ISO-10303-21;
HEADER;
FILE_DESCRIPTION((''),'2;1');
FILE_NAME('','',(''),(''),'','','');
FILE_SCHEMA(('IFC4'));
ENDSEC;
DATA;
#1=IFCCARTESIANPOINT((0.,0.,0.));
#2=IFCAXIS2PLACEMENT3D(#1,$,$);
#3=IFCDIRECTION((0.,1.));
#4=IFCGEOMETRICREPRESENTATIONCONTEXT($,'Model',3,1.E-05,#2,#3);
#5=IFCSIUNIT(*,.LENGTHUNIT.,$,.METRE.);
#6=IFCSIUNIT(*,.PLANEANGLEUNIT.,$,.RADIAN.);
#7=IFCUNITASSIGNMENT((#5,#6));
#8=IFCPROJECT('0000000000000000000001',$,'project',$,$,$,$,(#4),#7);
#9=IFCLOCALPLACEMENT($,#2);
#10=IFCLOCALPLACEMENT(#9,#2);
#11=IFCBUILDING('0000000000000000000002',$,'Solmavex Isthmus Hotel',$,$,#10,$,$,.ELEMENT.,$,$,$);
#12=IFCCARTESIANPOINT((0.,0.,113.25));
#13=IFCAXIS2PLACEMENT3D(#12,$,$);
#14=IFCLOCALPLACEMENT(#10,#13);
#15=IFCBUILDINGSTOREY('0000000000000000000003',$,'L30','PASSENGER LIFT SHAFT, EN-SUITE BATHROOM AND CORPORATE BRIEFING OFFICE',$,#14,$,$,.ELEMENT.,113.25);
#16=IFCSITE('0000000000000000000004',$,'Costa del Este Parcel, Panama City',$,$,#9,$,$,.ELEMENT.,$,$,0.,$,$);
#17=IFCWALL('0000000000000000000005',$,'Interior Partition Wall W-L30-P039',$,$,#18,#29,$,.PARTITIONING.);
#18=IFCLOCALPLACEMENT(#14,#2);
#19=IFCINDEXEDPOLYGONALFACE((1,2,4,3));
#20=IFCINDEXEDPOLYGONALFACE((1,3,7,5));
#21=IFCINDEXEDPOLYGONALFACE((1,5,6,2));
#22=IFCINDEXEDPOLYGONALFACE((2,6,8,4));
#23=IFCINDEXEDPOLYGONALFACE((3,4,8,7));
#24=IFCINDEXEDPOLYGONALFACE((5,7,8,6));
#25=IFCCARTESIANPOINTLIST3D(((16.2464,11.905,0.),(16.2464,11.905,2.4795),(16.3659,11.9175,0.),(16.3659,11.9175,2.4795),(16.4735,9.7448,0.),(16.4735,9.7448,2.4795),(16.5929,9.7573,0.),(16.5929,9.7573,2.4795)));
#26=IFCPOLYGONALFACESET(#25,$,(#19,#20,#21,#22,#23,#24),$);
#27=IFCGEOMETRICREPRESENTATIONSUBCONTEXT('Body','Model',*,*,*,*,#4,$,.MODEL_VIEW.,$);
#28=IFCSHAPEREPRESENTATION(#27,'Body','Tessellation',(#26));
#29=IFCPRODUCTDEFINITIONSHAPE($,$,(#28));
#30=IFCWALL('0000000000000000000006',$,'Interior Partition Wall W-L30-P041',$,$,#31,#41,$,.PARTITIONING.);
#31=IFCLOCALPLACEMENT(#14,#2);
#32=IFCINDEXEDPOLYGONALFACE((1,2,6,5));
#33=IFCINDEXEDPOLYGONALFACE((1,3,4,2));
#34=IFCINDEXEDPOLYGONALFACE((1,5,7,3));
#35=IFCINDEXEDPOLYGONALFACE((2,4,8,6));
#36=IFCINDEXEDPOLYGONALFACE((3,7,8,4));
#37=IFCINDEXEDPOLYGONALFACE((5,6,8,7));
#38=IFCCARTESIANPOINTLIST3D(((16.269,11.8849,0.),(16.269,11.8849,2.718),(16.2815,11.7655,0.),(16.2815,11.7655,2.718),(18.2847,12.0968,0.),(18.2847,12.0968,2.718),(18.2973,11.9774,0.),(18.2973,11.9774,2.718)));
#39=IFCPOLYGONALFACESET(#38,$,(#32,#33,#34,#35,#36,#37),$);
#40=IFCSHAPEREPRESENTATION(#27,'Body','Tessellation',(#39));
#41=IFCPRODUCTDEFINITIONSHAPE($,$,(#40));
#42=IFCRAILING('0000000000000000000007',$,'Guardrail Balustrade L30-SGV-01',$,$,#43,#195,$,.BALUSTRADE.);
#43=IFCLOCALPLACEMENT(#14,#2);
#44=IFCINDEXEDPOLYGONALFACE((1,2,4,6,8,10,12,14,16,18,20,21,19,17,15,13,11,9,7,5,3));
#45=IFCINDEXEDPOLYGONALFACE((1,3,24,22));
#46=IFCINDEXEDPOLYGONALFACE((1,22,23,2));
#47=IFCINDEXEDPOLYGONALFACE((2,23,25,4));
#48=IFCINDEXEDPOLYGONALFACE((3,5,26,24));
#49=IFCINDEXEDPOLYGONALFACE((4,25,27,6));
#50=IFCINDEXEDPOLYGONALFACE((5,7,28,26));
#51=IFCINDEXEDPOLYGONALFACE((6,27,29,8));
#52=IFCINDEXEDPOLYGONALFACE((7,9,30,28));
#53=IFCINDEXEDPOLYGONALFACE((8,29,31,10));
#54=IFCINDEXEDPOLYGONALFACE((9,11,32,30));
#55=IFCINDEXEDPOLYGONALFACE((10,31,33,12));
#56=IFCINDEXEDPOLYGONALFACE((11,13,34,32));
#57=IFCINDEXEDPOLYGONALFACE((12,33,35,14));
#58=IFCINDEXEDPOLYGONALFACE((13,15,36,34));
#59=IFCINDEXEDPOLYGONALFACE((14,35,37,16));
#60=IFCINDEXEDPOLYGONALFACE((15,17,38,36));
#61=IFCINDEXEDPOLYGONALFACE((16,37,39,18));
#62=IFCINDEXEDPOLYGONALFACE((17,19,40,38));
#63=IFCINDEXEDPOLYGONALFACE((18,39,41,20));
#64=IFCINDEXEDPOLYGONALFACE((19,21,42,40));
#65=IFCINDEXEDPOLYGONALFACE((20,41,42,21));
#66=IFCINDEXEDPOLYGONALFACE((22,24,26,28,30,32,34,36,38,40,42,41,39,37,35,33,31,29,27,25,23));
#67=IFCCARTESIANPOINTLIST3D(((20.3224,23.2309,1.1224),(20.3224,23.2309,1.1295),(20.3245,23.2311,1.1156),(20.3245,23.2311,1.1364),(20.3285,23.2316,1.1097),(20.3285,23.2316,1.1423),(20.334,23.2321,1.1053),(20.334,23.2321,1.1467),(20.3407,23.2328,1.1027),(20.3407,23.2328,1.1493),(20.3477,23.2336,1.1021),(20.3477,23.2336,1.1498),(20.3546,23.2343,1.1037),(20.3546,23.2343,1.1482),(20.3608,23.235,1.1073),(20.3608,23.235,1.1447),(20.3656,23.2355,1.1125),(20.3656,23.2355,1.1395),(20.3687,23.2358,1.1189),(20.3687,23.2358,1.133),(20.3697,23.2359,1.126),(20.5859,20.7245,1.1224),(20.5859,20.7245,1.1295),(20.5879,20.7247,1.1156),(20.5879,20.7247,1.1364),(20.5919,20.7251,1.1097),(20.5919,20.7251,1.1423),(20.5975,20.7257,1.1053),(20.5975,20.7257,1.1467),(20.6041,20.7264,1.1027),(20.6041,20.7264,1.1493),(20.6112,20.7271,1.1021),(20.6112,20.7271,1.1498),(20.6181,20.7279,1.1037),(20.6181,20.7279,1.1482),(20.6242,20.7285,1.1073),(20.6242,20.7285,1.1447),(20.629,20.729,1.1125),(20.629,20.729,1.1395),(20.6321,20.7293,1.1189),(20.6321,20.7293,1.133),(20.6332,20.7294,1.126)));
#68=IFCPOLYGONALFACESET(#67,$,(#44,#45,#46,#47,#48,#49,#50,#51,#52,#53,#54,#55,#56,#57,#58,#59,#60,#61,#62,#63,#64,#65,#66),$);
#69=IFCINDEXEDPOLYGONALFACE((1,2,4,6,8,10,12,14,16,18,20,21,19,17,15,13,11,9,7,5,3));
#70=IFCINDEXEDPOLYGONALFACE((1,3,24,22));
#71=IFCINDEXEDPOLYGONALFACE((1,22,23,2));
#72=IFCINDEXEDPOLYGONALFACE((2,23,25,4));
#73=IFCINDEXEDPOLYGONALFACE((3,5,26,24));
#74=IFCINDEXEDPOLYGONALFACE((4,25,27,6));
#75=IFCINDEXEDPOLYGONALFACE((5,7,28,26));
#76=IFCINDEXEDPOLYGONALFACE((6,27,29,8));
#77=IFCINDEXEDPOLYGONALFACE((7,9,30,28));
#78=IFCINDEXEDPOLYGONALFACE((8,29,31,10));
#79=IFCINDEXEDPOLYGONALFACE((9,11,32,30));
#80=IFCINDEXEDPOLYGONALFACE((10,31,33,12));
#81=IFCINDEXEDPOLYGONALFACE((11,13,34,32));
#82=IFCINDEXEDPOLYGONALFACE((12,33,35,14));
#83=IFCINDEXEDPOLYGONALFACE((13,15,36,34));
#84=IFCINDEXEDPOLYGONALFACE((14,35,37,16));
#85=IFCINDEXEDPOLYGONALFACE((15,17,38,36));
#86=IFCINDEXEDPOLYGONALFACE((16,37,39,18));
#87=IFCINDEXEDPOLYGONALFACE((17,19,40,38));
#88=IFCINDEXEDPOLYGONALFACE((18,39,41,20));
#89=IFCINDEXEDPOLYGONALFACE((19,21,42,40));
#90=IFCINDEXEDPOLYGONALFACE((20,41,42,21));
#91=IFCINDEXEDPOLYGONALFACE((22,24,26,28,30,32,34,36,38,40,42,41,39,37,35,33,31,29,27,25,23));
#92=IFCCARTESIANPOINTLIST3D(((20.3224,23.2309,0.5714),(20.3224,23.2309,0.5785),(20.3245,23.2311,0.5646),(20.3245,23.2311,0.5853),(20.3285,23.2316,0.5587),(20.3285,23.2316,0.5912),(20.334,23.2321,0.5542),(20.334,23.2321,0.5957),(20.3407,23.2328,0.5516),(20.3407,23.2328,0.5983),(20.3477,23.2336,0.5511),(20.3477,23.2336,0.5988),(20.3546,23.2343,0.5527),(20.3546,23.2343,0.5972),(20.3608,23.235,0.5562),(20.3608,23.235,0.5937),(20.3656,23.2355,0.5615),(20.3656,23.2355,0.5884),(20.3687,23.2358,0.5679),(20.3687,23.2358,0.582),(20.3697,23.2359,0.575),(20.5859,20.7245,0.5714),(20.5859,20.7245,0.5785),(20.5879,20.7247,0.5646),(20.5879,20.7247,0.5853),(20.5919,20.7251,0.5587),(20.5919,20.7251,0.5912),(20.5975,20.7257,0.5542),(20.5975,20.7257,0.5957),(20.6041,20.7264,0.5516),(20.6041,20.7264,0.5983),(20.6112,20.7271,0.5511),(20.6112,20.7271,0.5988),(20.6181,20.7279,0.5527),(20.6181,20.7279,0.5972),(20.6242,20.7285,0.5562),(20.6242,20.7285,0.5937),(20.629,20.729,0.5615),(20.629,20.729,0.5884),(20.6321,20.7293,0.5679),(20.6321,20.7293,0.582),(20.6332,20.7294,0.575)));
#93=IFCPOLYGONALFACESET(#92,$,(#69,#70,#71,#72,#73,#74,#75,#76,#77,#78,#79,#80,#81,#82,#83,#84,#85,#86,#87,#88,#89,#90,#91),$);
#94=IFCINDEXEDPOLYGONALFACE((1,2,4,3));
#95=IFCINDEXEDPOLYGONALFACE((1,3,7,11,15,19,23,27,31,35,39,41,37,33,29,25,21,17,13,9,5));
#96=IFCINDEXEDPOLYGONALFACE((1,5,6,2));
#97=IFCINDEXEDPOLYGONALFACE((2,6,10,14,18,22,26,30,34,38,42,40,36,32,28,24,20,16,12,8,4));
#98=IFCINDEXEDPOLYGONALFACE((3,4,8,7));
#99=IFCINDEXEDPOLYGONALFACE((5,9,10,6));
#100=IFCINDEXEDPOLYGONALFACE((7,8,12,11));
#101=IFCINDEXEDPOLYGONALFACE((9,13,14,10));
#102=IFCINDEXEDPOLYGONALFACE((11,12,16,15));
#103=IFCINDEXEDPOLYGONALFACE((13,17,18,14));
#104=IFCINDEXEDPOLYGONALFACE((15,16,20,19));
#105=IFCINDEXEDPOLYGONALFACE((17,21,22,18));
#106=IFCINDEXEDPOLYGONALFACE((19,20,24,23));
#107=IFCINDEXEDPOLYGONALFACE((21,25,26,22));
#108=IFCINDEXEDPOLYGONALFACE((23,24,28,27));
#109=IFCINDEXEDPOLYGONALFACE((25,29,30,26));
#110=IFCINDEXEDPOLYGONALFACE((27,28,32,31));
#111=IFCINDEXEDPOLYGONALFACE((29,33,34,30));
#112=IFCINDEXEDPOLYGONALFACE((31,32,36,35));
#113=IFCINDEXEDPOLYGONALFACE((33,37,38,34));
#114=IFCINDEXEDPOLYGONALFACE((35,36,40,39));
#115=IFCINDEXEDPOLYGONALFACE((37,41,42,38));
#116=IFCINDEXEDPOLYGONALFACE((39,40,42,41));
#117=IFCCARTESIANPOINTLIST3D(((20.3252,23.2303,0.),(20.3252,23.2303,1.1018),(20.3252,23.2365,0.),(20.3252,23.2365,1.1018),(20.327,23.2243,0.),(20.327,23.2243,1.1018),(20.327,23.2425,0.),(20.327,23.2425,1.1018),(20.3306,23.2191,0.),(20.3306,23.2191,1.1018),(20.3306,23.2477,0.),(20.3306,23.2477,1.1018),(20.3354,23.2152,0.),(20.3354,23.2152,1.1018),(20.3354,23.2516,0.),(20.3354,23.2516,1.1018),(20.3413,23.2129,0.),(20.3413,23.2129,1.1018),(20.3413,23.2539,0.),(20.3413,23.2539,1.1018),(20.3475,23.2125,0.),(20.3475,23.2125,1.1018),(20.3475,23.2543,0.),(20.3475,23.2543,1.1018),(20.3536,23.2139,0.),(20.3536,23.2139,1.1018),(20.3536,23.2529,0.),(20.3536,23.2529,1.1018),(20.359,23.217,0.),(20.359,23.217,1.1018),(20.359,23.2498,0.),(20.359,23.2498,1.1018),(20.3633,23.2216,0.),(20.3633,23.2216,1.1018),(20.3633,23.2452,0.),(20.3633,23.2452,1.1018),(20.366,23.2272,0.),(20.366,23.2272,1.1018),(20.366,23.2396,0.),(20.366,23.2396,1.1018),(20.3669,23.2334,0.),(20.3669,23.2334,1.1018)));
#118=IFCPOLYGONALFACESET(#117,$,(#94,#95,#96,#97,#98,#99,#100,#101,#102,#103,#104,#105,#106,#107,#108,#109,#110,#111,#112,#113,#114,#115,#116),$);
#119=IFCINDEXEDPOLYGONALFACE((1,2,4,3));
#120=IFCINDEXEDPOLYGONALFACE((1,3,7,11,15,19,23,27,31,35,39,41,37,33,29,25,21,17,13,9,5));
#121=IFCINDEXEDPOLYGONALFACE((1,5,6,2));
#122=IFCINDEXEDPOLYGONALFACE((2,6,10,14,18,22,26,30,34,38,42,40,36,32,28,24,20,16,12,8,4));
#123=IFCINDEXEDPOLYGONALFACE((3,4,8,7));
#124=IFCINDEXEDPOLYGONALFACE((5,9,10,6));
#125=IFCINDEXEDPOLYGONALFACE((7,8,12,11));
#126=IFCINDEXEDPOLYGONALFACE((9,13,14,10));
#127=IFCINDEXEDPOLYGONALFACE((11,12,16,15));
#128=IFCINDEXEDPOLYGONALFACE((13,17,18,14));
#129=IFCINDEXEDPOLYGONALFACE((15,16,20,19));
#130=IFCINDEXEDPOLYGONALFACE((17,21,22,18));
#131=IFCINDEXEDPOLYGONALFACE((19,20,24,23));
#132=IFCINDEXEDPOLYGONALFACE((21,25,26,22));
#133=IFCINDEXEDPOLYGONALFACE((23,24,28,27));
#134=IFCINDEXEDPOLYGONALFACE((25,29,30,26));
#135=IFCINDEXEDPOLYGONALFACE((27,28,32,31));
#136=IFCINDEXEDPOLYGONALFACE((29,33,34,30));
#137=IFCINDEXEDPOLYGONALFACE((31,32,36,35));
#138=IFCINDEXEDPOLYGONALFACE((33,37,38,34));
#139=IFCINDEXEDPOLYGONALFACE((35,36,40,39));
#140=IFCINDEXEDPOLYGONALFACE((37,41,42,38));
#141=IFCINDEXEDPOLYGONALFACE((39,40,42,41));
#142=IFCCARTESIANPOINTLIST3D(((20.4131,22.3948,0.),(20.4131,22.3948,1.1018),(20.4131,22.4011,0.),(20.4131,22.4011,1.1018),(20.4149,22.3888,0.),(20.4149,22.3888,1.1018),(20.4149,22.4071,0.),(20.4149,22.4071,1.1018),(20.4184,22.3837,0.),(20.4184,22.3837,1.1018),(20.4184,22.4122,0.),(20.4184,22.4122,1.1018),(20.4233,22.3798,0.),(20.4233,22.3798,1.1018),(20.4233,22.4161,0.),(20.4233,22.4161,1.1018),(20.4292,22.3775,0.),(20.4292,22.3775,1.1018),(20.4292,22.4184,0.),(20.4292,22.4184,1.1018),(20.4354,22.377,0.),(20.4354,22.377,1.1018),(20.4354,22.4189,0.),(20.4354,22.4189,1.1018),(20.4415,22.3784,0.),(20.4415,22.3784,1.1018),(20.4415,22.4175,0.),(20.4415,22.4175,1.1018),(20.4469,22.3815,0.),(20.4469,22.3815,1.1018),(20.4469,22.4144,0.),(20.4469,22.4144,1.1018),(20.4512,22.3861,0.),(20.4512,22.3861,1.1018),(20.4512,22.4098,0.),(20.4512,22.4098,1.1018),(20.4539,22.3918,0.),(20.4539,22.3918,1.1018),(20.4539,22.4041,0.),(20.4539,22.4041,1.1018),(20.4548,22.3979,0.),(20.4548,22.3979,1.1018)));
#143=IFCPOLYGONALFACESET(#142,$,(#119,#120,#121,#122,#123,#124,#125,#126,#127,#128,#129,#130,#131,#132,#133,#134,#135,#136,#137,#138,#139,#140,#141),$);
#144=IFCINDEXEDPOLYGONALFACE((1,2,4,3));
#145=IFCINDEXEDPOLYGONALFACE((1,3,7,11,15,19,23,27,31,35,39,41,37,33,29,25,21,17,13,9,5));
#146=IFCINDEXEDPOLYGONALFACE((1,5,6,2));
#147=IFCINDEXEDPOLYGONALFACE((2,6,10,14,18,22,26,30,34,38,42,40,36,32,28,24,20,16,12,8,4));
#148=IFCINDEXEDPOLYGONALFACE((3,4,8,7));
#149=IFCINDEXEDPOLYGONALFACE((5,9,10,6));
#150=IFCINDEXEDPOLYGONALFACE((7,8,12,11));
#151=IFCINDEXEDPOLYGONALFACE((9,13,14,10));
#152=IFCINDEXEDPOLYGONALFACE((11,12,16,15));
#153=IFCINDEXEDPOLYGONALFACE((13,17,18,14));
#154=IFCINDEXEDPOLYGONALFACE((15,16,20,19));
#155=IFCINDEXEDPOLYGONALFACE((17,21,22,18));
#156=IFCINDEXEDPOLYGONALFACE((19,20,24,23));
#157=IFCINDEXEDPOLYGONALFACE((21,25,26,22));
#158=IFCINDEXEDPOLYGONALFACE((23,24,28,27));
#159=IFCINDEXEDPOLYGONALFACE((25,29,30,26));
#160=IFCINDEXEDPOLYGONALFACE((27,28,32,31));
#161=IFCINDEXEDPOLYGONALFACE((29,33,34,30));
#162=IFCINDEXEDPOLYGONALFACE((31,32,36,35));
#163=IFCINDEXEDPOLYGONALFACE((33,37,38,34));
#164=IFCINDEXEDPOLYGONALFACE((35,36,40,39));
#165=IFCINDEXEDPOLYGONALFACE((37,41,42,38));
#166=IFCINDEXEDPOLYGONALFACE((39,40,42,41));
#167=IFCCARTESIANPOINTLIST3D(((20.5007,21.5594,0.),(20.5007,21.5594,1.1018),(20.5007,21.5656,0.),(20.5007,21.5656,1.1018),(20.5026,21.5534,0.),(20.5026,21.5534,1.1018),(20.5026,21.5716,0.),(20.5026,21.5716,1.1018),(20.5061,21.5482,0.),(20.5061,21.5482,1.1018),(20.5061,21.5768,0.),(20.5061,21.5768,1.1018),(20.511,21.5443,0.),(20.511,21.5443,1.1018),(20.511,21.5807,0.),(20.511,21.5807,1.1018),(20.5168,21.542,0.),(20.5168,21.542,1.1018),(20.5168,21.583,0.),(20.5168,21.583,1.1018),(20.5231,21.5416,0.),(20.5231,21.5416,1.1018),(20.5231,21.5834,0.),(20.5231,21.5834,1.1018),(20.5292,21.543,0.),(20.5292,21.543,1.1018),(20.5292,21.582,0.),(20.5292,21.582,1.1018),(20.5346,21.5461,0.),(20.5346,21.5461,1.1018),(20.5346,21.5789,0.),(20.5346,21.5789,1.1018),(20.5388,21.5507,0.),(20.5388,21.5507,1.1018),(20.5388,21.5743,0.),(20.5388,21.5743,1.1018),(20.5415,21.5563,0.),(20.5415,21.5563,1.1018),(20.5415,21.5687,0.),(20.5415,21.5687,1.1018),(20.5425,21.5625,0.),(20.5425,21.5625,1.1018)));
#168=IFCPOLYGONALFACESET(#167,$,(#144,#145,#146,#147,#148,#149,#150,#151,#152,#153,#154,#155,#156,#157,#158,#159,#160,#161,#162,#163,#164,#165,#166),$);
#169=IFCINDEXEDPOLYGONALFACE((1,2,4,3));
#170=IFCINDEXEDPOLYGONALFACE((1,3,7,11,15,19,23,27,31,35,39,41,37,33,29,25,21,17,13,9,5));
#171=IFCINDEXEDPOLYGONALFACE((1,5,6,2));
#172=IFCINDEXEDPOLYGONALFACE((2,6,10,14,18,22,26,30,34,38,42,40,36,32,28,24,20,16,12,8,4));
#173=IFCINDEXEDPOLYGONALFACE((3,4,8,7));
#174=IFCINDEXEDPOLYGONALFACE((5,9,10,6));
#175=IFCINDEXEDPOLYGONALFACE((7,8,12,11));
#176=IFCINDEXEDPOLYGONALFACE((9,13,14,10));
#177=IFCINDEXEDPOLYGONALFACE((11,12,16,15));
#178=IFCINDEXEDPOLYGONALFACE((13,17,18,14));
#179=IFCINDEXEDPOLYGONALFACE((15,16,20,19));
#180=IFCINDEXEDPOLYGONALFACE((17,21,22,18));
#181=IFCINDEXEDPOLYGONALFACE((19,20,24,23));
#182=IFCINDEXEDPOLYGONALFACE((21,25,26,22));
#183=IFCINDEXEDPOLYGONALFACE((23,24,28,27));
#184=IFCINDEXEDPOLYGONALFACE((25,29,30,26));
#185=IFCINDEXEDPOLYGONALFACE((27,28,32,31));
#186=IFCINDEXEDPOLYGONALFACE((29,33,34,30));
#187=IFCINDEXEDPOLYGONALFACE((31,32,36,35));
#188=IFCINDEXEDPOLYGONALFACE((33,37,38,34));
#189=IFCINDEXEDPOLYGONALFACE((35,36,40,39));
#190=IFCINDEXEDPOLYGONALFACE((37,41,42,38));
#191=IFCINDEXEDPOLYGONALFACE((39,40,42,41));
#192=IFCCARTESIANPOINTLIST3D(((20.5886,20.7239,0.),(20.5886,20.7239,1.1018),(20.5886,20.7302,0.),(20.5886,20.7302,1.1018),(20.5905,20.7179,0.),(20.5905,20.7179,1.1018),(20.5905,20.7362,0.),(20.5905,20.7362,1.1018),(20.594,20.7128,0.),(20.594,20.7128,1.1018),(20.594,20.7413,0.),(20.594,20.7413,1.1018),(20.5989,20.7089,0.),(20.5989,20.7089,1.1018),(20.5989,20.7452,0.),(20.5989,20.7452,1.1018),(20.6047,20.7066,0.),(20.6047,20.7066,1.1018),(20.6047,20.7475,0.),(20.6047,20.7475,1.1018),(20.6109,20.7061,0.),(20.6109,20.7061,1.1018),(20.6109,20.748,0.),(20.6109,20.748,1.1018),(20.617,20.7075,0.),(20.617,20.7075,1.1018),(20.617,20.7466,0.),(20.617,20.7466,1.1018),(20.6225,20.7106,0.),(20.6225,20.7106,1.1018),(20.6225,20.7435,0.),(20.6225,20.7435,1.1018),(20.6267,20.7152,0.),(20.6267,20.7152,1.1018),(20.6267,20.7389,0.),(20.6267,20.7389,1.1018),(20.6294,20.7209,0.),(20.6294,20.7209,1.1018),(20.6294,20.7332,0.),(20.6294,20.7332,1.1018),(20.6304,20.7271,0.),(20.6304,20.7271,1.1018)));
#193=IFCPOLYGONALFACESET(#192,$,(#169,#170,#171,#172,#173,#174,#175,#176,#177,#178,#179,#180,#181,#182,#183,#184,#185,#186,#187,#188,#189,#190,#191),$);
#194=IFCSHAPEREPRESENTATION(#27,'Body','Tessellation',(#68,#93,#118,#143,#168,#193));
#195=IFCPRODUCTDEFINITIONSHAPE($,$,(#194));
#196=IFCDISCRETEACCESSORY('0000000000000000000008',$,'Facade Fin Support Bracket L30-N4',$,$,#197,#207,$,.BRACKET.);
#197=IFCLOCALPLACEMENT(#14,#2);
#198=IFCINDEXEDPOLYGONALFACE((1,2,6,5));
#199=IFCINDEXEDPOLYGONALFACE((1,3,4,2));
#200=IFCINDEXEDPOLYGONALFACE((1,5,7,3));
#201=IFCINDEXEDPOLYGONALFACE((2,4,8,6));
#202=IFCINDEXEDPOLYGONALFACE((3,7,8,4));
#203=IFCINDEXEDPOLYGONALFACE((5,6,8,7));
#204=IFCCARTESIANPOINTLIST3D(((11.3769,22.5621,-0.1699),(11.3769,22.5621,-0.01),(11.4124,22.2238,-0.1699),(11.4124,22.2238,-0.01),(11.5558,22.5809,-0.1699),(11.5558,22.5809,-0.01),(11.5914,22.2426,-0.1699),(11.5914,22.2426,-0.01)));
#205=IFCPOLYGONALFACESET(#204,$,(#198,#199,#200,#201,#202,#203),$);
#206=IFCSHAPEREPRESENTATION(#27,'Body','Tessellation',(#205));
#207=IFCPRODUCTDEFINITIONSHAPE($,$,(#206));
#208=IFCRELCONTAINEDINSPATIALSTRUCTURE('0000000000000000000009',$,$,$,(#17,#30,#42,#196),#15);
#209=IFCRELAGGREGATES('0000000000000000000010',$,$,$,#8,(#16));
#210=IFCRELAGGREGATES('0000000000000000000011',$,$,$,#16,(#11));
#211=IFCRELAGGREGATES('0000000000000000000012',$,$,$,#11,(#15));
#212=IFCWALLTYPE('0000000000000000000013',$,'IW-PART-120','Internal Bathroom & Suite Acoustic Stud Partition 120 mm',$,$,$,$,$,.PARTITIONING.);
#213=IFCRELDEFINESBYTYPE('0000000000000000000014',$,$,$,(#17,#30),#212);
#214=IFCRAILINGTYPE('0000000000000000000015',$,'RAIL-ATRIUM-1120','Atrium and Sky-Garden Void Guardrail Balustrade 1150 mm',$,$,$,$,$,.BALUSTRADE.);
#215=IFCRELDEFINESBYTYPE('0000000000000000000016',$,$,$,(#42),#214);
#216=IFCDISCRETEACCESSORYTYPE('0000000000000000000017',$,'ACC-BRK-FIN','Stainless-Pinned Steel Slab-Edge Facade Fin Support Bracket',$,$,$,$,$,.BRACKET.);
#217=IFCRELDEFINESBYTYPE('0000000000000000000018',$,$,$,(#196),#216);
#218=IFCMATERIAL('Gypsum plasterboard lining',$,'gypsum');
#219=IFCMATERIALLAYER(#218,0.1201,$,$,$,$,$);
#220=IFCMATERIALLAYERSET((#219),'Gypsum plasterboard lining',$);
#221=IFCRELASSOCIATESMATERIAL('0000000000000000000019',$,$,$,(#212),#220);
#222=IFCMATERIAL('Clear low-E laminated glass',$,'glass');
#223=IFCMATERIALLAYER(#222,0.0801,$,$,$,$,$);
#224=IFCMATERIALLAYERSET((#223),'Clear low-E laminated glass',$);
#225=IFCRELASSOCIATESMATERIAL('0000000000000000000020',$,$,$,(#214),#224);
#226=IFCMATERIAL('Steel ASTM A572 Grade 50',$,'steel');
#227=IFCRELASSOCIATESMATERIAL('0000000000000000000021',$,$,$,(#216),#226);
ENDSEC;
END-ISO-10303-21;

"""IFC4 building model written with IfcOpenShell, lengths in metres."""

from ifc_helpers import new_model, si_unit, direction, frame, frame_2d, origin, origin_2d, place, context, subcontext, project, spatial, rectangle, circle, extrude, material, layer, layer_set, type_object, element, save


model = new_model("IFC4")

# Units and contexts
model_context = context("Model", 3, precision=1e-05, world=origin(), true_north=direction((0.0, 1.0)))
body_context = subcontext(model_context, "Body", "Model", "MODEL_VIEW")
ifc_project = project(units=[si_unit("LENGTHUNIT", "METRE"), si_unit("PLANEANGLEUNIT", "RADIAN")], contexts=[model_context])

# Site, building, storey
site_placement = place(None, origin())
site = spatial("IfcSite", under=ifc_project, at=site_placement, Name="Costa del Este Parcel, Panama City", CompositionType="ELEMENT", RefElevation=0.0)
building_placement = place(site_placement, origin())
building = spatial("IfcBuilding", under=site, at=building_placement, Name="Solmavex Isthmus Hotel", CompositionType="ELEMENT")
storey_placement = place(building_placement, frame((0.0, 0.0, 113.25)))
storey = spatial("IfcBuildingStorey", under=building, at=storey_placement, Name="L30", Description="PASSENGER LIFT SHAFT, EN-SUITE BATHROOM AND CORPORATE BRIEFING OFFICE", CompositionType="ELEMENT", Elevation=113.25)

# Shared definitions
ifc_material_1 = material(Name="Clear low-E laminated glass", Category="glass")

# Shared definitions
ifc_material_2 = material(Name="Gypsum plasterboard lining", Category="gypsum")

# Walls
ifc_layer_1 = layer(ifc_material_2, 0.1201)
ifc_layer_set_1 = layer_set([ifc_layer_1], Name="Gypsum plasterboard lining")
wall_type_1 = type_object("IfcWallType", Name="IW-PART-120", Description="Internal Bathroom & Suite Acoustic Stud Partition 120 mm", PredefinedType="PARTITIONING", material=ifc_layer_set_1)
wall_1_placement = place(storey_placement, frame((16.3062, 11.9111, 0.0), z_axis=(0.0, 0.0, 1.0), x_axis=(0.104533, -0.994521, 0.0)))
element("IfcWall", 1, at=wall_1_placement, inside=storey, type_object=wall_type_1, Name="Interior Partition Wall W-L30-P039", PredefinedType="PARTITIONING", context=body_context, shape_type="SweptSolid", body=[
    extrude(rectangle(XDim=2.1721, YDim=0.1201, at=frame_2d((1.0859, 0.0))), origin(), (0.0, 0.0, 1.0), 2.4795),
])
wall_2_placement = place(storey_placement, frame((18.291, 12.0371, 0.0), z_axis=(0.0, 0.0, 1.0), x_axis=(-0.99452, -0.104547, 0.0)))
element("IfcWall", 2, at=wall_2_placement, inside=storey, type_object=wall_type_1, Name="Interior Partition Wall W-L30-P041", PredefinedType="PARTITIONING", context=body_context, shape_type="SweptSolid", body=[
    extrude(rectangle(XDim=2.0269, YDim=0.1201, at=frame_2d((1.0134, 0.0))), origin(), (0.0, 0.0, 1.0), 2.718),
])

# Railing
ifc_layer_2 = layer(ifc_material_1, 0.0801)
ifc_layer_set_2 = layer_set([ifc_layer_2], Name="Clear low-E laminated glass")
railing_type = type_object("IfcRailingType", Name="RAIL-ATRIUM-1120", Description="Atrium and Sky-Garden Void Guardrail Balustrade 1150 mm", PredefinedType="BALUSTRADE", material=ifc_layer_set_2)
railing_placement = place(storey_placement, frame((20.3459, 23.2334, 0.0)))
element("IfcRailing", 3, at=railing_placement, inside=storey, type_object=railing_type, Name="Guardrail Balustrade L30-SGV-01", PredefinedType="BALUSTRADE", context=body_context, shape_type="SweptSolid", body=[
    extrude(circle(Radius=0.0239, at=origin_2d()), frame((0.0, 0.0, 1.126), z_axis=(0.104528, -0.994522, 0.0), x_axis=(0.994522, 0.104528, 0.0)), (0.0, 0.0, 1.0), 2.5203),
    extrude(circle(Radius=0.0239, at=origin_2d()), frame((0.0, 0.0, 0.575), z_axis=(0.104528, -0.994522, 0.0), x_axis=(0.994522, 0.104528, 0.0)), (0.0, 0.0, 1.0), 2.5203),
    extrude(circle(Radius=0.021, at=origin_2d()), origin(), (0.0, 0.0, 1.0), 1.1018),
    extrude(circle(Radius=0.021, at=origin_2d()), frame((0.0879, -0.8354, 0.0)), (0.0, 0.0, 1.0), 1.1018),
    extrude(circle(Radius=0.021, at=origin_2d()), frame((0.1755, -1.6709, 0.0)), (0.0, 0.0, 1.0), 1.1018),
    extrude(circle(Radius=0.021, at=origin_2d()), frame((0.2634, -2.5063, 0.0)), (0.0, 0.0, 1.0), 1.1018),
])

# Discrete accessory
ifc_material_3 = material(Name="Steel ASTM A572 Grade 50", Category="steel")
discrete_accessory_type = type_object("IfcDiscreteAccessoryType", Name="ACC-BRK-FIN", Description="Stainless-Pinned Steel Slab-Edge Facade Fin Support Bracket", PredefinedType="BRACKET", material=ifc_material_3)
discrete_accessory_placement = place(storey_placement, frame((11.4841, 22.4023, -0.1699), z_axis=(0.0, 0.0, 1.0), x_axis=(-0.104528, 0.994522, 0.0)))
element("IfcDiscreteAccessory", 4, at=discrete_accessory_placement, inside=storey, type_object=discrete_accessory_type, Name="Facade Fin Support Bracket L30-N4", PredefinedType="BRACKET", context=body_context, shape_type="SweptSolid", body=[
    extrude(rectangle(XDim=0.3401, YDim=0.1799, at=origin_2d()), origin(), (0.0, 0.0, 1.0), 0.1599),
])

save(model, "model.ifc")
